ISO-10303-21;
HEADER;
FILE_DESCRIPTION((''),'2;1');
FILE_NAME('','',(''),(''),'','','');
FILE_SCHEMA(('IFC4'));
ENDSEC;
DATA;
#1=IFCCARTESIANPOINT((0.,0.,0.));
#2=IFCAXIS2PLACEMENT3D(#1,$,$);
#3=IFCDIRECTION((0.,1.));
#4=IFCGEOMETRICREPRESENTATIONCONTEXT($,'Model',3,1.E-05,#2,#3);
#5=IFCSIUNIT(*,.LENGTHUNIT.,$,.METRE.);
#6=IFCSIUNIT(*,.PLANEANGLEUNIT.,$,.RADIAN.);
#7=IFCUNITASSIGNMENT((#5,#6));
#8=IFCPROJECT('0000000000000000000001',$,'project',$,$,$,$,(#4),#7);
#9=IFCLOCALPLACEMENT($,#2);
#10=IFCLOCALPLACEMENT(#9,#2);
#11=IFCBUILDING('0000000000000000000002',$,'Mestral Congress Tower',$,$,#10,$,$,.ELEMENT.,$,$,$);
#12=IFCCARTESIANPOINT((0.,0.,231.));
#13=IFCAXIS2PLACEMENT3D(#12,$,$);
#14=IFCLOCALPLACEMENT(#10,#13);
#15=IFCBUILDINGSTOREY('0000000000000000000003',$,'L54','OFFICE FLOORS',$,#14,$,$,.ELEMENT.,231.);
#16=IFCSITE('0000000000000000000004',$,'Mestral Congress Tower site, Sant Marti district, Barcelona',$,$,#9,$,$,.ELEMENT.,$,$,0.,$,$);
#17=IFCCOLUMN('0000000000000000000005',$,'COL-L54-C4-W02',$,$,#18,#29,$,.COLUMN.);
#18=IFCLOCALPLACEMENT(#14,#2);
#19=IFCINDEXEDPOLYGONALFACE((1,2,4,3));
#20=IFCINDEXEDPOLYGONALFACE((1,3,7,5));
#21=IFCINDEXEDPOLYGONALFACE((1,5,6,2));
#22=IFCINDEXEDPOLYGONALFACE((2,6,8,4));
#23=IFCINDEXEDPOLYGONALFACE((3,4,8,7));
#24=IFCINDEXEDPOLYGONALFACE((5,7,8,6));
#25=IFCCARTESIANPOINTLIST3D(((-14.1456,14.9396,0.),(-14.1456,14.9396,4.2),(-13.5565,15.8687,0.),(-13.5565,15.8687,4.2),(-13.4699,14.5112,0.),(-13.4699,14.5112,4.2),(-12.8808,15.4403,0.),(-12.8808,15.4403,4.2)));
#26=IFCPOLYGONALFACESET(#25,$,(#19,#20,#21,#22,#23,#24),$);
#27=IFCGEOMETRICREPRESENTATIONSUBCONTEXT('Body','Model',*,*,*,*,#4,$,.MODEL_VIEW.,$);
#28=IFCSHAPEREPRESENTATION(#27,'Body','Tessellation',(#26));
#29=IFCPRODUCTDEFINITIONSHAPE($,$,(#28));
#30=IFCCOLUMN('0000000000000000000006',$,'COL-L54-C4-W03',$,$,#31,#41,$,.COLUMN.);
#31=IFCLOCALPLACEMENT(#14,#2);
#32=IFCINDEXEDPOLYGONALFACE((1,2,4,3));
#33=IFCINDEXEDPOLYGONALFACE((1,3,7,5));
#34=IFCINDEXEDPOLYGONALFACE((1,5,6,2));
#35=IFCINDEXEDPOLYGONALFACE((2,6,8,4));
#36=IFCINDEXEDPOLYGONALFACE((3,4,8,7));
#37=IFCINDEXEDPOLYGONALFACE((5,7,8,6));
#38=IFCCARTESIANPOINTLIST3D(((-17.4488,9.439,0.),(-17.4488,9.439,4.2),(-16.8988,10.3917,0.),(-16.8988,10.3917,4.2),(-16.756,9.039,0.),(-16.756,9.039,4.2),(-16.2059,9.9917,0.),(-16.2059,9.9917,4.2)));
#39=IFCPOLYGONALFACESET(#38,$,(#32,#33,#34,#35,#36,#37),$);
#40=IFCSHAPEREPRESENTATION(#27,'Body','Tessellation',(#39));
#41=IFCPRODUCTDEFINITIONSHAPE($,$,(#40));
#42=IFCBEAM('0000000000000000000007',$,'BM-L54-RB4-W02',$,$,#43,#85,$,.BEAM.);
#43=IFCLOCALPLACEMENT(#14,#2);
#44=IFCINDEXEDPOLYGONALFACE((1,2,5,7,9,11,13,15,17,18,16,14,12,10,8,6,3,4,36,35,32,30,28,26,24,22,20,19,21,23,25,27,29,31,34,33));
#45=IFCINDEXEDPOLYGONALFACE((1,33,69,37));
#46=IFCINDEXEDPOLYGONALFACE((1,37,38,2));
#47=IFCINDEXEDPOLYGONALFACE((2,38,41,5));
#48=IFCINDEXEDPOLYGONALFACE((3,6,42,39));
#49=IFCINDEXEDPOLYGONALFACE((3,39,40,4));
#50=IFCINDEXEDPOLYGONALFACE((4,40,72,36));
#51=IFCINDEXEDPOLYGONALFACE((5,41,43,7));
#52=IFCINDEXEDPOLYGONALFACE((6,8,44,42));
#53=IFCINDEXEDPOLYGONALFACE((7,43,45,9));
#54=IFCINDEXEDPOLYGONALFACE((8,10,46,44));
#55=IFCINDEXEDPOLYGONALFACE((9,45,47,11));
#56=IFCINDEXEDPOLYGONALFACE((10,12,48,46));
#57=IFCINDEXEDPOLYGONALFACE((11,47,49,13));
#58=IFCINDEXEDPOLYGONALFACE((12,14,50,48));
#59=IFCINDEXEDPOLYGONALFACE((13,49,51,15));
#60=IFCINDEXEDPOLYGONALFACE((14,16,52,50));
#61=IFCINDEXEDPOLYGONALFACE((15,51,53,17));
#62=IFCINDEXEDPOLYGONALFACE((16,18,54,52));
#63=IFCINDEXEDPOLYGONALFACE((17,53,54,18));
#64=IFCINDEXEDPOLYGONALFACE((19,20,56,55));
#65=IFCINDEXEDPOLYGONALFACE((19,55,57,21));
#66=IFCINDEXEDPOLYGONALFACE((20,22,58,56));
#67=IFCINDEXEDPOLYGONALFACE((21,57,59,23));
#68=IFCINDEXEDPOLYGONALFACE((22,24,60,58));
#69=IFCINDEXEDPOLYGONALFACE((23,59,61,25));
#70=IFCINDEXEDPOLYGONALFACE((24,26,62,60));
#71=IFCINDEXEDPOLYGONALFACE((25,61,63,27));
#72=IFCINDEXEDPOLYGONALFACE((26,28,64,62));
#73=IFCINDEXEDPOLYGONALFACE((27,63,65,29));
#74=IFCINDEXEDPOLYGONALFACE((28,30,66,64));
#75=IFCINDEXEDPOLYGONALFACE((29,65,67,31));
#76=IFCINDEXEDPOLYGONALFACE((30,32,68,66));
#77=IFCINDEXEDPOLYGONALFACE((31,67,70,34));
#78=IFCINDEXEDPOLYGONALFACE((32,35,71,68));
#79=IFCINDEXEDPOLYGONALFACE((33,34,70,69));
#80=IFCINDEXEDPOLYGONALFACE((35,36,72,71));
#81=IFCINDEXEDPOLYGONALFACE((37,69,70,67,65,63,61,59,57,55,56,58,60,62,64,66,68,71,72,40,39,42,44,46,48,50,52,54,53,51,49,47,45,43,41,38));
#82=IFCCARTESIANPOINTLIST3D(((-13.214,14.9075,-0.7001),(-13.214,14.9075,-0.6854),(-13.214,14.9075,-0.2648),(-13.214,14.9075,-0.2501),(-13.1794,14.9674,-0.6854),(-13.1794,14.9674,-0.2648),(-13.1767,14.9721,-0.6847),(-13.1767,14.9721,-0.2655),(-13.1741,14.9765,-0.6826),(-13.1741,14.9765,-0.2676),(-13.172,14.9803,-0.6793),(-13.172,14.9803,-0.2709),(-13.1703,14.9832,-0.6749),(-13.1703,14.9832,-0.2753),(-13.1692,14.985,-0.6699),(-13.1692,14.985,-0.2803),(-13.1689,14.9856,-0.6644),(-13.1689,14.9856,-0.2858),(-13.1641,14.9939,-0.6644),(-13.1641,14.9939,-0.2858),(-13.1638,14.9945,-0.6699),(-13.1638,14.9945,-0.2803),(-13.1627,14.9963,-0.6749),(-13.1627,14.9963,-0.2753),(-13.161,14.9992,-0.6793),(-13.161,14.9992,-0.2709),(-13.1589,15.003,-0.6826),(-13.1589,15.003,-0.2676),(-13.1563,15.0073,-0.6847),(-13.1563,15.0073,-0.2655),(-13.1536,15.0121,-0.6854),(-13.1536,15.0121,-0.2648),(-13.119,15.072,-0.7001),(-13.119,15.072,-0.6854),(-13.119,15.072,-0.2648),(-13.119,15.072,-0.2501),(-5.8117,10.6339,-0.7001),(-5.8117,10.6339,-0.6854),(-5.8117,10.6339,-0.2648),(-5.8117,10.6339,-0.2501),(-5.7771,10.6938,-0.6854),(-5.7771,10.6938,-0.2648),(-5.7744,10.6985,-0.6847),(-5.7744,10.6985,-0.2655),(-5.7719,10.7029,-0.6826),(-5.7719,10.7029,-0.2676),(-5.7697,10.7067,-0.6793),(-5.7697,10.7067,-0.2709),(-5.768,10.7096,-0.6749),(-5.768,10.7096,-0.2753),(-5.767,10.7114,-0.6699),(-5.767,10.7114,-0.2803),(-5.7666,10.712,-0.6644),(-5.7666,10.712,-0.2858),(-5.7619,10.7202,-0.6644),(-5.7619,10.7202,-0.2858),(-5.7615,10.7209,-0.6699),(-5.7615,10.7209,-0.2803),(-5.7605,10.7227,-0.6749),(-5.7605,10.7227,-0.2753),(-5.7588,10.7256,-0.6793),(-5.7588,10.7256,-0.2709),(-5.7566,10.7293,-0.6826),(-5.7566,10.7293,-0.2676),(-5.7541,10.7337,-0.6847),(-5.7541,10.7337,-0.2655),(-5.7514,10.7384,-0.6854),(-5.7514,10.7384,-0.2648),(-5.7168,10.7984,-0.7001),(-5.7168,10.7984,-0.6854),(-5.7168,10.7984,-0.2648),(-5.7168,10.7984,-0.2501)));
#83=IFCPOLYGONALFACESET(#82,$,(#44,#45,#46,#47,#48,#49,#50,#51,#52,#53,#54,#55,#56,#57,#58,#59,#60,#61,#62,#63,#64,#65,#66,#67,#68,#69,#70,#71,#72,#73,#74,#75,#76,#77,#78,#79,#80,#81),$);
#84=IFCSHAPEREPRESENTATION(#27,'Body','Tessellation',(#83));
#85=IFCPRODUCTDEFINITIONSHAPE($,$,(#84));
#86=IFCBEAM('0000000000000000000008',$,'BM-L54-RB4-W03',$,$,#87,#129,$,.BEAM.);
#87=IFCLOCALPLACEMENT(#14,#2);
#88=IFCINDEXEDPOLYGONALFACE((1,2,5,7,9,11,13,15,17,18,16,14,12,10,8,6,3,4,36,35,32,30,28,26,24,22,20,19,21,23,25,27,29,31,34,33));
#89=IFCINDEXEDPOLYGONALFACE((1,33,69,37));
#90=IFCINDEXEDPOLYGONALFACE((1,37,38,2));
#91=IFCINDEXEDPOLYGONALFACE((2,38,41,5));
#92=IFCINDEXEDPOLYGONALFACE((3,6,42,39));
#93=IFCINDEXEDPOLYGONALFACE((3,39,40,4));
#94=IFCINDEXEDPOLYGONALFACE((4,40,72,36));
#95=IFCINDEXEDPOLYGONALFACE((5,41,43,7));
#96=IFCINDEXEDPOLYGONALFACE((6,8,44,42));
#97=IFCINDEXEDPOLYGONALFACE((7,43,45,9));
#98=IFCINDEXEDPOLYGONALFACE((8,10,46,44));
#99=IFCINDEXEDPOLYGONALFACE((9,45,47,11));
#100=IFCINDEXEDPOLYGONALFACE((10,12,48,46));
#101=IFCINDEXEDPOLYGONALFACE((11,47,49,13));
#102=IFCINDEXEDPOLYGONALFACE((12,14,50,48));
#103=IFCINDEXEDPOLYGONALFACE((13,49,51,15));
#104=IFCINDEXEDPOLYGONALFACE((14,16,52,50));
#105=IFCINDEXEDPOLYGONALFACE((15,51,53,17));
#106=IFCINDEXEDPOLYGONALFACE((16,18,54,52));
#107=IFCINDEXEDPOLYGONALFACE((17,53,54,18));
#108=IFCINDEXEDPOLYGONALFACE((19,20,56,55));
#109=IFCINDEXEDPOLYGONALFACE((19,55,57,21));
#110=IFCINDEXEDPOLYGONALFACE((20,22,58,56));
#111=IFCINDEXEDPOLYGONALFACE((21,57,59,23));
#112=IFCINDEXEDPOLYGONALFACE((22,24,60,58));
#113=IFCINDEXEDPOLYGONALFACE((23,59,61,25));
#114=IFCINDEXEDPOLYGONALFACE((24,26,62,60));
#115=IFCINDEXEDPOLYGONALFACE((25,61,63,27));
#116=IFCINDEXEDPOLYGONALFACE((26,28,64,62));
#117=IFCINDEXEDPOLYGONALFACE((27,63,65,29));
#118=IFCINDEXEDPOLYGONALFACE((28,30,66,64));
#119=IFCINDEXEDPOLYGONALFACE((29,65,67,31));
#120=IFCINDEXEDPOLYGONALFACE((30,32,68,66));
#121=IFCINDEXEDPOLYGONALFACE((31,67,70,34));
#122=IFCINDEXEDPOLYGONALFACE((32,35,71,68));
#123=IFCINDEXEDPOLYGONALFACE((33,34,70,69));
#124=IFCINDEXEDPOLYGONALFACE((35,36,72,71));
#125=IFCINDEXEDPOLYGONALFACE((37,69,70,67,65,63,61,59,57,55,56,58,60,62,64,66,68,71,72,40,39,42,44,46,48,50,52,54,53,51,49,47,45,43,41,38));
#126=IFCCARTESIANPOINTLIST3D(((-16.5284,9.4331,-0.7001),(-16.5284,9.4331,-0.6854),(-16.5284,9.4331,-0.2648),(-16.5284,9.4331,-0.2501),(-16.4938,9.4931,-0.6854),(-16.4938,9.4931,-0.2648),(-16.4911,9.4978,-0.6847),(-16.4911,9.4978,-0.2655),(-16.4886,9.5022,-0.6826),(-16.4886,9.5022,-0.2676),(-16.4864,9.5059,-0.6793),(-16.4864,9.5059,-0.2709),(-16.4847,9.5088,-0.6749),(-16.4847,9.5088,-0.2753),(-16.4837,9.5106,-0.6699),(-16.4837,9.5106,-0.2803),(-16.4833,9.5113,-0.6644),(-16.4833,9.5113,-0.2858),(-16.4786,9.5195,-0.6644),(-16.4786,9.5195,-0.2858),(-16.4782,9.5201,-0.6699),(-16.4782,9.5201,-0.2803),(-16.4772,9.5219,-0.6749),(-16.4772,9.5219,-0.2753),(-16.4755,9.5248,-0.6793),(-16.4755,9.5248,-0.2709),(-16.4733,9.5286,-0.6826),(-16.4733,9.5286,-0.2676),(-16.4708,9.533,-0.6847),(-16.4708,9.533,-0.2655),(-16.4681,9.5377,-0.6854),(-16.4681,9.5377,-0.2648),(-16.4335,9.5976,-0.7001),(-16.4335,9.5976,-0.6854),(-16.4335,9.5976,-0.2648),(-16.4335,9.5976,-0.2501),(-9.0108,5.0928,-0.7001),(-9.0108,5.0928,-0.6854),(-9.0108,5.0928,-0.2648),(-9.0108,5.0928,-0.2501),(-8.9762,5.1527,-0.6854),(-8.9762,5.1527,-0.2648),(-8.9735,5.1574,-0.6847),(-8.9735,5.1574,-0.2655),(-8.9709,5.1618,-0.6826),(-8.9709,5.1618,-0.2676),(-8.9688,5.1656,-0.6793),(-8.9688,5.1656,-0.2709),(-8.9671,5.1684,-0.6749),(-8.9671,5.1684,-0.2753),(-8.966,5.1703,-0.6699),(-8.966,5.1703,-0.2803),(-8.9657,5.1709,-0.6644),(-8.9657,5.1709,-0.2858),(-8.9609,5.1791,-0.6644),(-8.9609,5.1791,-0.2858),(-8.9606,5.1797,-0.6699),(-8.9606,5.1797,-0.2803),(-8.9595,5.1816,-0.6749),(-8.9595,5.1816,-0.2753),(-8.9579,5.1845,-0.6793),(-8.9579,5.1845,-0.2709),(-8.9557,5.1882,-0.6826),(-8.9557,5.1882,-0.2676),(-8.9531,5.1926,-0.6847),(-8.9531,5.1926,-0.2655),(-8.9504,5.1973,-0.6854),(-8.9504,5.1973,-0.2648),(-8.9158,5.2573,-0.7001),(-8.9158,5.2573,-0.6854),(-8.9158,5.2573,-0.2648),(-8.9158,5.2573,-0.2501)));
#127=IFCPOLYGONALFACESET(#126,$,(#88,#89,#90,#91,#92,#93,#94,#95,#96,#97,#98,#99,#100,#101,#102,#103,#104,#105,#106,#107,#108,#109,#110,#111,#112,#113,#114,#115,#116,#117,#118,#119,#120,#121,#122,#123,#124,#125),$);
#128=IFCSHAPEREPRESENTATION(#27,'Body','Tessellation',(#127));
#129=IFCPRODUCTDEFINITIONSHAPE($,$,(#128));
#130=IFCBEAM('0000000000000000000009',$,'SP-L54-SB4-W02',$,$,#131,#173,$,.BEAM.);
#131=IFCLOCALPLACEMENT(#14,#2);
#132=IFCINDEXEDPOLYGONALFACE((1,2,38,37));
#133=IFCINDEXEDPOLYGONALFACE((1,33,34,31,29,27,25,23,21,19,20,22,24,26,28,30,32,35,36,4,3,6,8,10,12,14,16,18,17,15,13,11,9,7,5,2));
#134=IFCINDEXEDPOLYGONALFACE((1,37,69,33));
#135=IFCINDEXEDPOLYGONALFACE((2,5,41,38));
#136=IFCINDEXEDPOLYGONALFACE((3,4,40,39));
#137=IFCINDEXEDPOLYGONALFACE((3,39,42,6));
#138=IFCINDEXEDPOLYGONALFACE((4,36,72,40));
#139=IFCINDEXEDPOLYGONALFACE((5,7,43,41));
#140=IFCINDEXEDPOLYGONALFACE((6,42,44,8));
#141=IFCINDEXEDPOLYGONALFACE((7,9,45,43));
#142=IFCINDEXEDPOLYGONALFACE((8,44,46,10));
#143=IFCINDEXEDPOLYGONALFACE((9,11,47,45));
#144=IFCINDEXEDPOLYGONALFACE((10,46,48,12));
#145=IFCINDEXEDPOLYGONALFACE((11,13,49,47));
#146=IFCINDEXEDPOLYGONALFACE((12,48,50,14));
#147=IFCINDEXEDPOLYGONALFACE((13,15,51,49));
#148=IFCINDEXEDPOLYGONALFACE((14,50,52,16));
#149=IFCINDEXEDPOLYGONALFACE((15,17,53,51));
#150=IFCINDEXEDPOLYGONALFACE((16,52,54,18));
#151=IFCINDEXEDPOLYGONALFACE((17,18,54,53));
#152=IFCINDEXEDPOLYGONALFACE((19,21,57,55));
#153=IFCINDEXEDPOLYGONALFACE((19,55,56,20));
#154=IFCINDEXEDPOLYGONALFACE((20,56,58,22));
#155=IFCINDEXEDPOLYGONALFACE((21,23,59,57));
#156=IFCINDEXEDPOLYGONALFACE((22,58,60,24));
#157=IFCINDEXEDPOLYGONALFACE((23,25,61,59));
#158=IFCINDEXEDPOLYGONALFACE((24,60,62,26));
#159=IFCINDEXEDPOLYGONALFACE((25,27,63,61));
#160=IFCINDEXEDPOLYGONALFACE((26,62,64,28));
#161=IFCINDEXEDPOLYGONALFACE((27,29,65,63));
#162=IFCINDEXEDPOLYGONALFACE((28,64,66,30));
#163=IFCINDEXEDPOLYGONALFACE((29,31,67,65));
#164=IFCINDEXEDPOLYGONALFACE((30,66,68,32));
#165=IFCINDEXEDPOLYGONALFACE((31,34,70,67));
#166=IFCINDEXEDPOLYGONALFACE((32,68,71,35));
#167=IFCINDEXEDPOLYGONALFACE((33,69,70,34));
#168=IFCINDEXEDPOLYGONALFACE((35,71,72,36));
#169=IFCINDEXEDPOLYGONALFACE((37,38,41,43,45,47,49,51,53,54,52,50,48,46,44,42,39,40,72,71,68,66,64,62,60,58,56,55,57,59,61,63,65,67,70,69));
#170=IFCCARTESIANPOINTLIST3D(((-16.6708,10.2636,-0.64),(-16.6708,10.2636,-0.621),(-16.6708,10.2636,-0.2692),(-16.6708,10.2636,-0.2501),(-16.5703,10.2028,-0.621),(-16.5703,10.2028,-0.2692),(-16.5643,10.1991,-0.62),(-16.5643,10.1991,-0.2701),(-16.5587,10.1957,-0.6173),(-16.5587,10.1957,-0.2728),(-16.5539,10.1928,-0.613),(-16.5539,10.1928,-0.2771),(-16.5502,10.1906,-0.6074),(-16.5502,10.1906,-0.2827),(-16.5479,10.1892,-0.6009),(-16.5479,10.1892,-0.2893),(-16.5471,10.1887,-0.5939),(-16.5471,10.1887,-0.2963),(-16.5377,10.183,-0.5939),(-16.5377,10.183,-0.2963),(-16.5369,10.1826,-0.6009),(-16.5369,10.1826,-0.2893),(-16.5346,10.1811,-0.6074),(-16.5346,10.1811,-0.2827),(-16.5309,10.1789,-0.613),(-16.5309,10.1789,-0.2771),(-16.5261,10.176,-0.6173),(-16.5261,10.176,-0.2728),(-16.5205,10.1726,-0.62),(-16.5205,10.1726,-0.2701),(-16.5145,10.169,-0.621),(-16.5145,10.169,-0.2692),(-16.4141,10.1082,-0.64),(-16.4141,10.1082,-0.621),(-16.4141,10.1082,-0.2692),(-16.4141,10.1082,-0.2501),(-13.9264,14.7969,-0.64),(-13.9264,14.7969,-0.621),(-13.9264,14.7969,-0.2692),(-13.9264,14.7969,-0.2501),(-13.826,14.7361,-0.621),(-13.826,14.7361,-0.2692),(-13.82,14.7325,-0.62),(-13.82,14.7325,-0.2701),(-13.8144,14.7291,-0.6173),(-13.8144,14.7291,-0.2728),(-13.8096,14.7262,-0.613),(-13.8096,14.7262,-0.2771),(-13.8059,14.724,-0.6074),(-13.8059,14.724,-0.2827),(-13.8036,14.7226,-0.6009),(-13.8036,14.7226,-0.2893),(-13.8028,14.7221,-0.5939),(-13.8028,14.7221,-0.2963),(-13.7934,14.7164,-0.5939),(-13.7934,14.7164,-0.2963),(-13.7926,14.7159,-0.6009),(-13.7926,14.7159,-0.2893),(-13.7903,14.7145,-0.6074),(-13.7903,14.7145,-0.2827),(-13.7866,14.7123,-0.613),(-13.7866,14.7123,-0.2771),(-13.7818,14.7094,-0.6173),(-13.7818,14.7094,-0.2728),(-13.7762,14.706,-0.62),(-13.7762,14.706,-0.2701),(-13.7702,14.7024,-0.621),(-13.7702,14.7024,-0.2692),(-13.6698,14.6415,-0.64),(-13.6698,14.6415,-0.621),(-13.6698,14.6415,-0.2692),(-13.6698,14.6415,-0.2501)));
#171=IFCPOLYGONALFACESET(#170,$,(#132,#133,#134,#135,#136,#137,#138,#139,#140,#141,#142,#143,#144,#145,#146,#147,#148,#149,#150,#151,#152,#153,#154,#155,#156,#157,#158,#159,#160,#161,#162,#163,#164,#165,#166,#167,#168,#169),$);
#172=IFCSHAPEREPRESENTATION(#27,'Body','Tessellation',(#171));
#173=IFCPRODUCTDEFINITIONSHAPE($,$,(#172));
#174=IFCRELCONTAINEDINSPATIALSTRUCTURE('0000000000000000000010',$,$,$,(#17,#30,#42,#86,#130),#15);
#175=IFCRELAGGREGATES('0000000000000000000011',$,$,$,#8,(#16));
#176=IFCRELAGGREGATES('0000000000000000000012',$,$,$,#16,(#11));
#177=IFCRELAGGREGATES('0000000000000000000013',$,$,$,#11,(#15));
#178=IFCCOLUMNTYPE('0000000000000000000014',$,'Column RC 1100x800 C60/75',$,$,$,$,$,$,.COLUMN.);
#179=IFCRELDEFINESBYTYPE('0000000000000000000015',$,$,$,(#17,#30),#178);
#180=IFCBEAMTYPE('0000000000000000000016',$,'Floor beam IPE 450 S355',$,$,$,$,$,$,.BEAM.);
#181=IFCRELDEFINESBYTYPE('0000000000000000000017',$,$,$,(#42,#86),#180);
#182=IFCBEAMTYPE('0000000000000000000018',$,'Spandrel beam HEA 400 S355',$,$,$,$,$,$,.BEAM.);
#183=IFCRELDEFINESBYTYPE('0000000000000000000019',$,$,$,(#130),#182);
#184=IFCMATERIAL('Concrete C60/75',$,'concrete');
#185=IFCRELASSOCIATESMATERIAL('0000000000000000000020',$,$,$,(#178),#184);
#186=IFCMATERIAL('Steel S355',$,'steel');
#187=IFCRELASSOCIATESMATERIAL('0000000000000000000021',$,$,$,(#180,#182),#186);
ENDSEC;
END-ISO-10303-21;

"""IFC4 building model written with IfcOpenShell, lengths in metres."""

from ifc_helpers import new_model, si_unit, direction, frame, origin, origin_2d, place, context, subcontext, project, spatial, rectangle, i_section, extrude, material, material_profile, profile_set, type_object, element, save


model = new_model("IFC4")

# Units and contexts
model_context = context("Model", 3, precision=1e-05, world=origin(), true_north=direction((0.0, 1.0)))
body_context = subcontext(model_context, "Body", "Model", "MODEL_VIEW")
ifc_project = project(units=[si_unit("LENGTHUNIT", "METRE"), si_unit("PLANEANGLEUNIT", "RADIAN")], contexts=[model_context])

# Site, building, storey
site_placement = place(None, origin())
site = spatial("IfcSite", under=ifc_project, at=site_placement, Name="Mestral Congress Tower site, Sant Marti district, Barcelona", CompositionType="ELEMENT", RefElevation=0.0)
building_placement = place(site_placement, origin())
building = spatial("IfcBuilding", under=site, at=building_placement, Name="Mestral Congress Tower", CompositionType="ELEMENT")
storey_placement = place(building_placement, frame((0.0, 0.0, 231.0)))
storey = spatial("IfcBuildingStorey", under=building, at=storey_placement, Name="L54", Description="OFFICE FLOORS", CompositionType="ELEMENT", Elevation=231.0)

# Columns
ifc_material_1 = material(Name="Concrete C60/75", Category="concrete")
ifc_material_profile_1 = material_profile(ifc_material_1, rectangle(XDim=1.1001, YDim=0.8, at=origin_2d()), Name="RC 1100x800")
ifc_profile_set_1 = profile_set([ifc_material_profile_1], Name="Concrete C60/75")
column_type = type_object("IfcColumnType", Name="Column RC 1100x800 C60/75", PredefinedType="COLUMN", material=ifc_profile_set_1)
for number, where, z_axis, x_axis, name in (
    (1, (-13.5132, 15.1899, 0.0), (0.0, 0.0, 1.0), (-0.535503, -0.844534, 0.0), "COL-L54-C4-W02"),
    (2, (-16.8274, 9.7153, 0.0), (0.0, 0.0, 1.0), (-0.5, -0.866025, 0.0), "COL-L54-C4-W03"),
):
    element("IfcColumn", number, at=place(storey_placement, frame(where, z_axis=z_axis, x_axis=x_axis)), inside=storey, type_object=column_type, Name=name, PredefinedType="COLUMN", context=body_context, shape_type="SweptSolid", body=[
        extrude(rectangle(XDim=1.1001, YDim=0.8, at=origin_2d()), origin(), (0.0, 0.0, 1.0), 4.2),
    ])

# Beams
ifc_material_2 = material(Name="Steel S355", Category="steel")
ifc_material_profile_2 = material_profile(ifc_material_2, i_section(OverallWidth=0.1899, OverallDepth=0.45, WebThickness=0.0095, FlangeThickness=0.0146, FilletRadius=0.021, at=origin_2d()), Name="IPE 450")
ifc_profile_set_2 = profile_set([ifc_material_profile_2], Name="Steel S355")
beam_type_1 = type_object("IfcBeamType", Name="Floor beam IPE 450 S355", PredefinedType="BEAM", material=ifc_profile_set_2)
beam_1_placement = place(storey_placement, frame((-13.1665, 14.9897, -0.4751), z_axis=(0.866029, -0.499994, 0.0), x_axis=(0.499994, 0.866029, 0.0)))
element("IfcBeam", 3, at=beam_1_placement, inside=storey, type_object=beam_type_1, Name="BM-L54-RB4-W02", PredefinedType="BEAM", context=body_context, shape_type="SweptSolid", body=[
    extrude(i_section(OverallWidth=0.1899, OverallDepth=0.45, WebThickness=0.0095, FlangeThickness=0.0146, FilletRadius=0.021, at=origin_2d()), origin(), (0.0, 0.0, 1.0), 8.5474),
])
beam_2_placement = place(storey_placement, frame((-16.481, 9.5154, -0.4751), z_axis=(0.866023, -0.500005, 0.0), x_axis=(0.500005, 0.866023, 0.0)))
element("IfcBeam", 4, at=beam_2_placement, inside=storey, type_object=beam_type_1, Name="BM-L54-RB4-W03", PredefinedType="BEAM", context=body_context, shape_type="SweptSolid", body=[
    extrude(i_section(OverallWidth=0.1899, OverallDepth=0.45, WebThickness=0.0095, FlangeThickness=0.0146, FilletRadius=0.021, at=origin_2d()), origin(), (0.0, 0.0, 1.0), 8.6807),
])
ifc_material_profile_3 = material_profile(ifc_material_2, i_section(OverallWidth=0.3, OverallDepth=0.3899, WebThickness=0.011, FlangeThickness=0.019, FilletRadius=0.0271, at=origin_2d()), Name="HEA 400")
ifc_profile_set_3 = profile_set([ifc_material_profile_3], Name="Steel S355")
beam_type_2 = type_object("IfcBeamType", Name="Spandrel beam HEA 400 S355", PredefinedType="BEAM", material=ifc_profile_set_3)
beam_3_placement = place(storey_placement, frame((-13.7981, 14.7192, -0.4451), z_axis=(-0.517866, -0.855462, 0.0), x_axis=(0.855462, -0.517866, 0.0)))
element("IfcBeam", 5, at=beam_3_placement, inside=storey, type_object=beam_type_2, Name="SP-L54-SB4-W02", PredefinedType="BEAM", context=body_context, shape_type="SweptSolid", body=[
    extrude(i_section(OverallWidth=0.3, OverallDepth=0.3899, WebThickness=0.011, FlangeThickness=0.019, FilletRadius=0.0271, at=origin_2d()), origin(), (0.0, 0.0, 1.0), 5.2993),
])

save(model, "model.ifc")
